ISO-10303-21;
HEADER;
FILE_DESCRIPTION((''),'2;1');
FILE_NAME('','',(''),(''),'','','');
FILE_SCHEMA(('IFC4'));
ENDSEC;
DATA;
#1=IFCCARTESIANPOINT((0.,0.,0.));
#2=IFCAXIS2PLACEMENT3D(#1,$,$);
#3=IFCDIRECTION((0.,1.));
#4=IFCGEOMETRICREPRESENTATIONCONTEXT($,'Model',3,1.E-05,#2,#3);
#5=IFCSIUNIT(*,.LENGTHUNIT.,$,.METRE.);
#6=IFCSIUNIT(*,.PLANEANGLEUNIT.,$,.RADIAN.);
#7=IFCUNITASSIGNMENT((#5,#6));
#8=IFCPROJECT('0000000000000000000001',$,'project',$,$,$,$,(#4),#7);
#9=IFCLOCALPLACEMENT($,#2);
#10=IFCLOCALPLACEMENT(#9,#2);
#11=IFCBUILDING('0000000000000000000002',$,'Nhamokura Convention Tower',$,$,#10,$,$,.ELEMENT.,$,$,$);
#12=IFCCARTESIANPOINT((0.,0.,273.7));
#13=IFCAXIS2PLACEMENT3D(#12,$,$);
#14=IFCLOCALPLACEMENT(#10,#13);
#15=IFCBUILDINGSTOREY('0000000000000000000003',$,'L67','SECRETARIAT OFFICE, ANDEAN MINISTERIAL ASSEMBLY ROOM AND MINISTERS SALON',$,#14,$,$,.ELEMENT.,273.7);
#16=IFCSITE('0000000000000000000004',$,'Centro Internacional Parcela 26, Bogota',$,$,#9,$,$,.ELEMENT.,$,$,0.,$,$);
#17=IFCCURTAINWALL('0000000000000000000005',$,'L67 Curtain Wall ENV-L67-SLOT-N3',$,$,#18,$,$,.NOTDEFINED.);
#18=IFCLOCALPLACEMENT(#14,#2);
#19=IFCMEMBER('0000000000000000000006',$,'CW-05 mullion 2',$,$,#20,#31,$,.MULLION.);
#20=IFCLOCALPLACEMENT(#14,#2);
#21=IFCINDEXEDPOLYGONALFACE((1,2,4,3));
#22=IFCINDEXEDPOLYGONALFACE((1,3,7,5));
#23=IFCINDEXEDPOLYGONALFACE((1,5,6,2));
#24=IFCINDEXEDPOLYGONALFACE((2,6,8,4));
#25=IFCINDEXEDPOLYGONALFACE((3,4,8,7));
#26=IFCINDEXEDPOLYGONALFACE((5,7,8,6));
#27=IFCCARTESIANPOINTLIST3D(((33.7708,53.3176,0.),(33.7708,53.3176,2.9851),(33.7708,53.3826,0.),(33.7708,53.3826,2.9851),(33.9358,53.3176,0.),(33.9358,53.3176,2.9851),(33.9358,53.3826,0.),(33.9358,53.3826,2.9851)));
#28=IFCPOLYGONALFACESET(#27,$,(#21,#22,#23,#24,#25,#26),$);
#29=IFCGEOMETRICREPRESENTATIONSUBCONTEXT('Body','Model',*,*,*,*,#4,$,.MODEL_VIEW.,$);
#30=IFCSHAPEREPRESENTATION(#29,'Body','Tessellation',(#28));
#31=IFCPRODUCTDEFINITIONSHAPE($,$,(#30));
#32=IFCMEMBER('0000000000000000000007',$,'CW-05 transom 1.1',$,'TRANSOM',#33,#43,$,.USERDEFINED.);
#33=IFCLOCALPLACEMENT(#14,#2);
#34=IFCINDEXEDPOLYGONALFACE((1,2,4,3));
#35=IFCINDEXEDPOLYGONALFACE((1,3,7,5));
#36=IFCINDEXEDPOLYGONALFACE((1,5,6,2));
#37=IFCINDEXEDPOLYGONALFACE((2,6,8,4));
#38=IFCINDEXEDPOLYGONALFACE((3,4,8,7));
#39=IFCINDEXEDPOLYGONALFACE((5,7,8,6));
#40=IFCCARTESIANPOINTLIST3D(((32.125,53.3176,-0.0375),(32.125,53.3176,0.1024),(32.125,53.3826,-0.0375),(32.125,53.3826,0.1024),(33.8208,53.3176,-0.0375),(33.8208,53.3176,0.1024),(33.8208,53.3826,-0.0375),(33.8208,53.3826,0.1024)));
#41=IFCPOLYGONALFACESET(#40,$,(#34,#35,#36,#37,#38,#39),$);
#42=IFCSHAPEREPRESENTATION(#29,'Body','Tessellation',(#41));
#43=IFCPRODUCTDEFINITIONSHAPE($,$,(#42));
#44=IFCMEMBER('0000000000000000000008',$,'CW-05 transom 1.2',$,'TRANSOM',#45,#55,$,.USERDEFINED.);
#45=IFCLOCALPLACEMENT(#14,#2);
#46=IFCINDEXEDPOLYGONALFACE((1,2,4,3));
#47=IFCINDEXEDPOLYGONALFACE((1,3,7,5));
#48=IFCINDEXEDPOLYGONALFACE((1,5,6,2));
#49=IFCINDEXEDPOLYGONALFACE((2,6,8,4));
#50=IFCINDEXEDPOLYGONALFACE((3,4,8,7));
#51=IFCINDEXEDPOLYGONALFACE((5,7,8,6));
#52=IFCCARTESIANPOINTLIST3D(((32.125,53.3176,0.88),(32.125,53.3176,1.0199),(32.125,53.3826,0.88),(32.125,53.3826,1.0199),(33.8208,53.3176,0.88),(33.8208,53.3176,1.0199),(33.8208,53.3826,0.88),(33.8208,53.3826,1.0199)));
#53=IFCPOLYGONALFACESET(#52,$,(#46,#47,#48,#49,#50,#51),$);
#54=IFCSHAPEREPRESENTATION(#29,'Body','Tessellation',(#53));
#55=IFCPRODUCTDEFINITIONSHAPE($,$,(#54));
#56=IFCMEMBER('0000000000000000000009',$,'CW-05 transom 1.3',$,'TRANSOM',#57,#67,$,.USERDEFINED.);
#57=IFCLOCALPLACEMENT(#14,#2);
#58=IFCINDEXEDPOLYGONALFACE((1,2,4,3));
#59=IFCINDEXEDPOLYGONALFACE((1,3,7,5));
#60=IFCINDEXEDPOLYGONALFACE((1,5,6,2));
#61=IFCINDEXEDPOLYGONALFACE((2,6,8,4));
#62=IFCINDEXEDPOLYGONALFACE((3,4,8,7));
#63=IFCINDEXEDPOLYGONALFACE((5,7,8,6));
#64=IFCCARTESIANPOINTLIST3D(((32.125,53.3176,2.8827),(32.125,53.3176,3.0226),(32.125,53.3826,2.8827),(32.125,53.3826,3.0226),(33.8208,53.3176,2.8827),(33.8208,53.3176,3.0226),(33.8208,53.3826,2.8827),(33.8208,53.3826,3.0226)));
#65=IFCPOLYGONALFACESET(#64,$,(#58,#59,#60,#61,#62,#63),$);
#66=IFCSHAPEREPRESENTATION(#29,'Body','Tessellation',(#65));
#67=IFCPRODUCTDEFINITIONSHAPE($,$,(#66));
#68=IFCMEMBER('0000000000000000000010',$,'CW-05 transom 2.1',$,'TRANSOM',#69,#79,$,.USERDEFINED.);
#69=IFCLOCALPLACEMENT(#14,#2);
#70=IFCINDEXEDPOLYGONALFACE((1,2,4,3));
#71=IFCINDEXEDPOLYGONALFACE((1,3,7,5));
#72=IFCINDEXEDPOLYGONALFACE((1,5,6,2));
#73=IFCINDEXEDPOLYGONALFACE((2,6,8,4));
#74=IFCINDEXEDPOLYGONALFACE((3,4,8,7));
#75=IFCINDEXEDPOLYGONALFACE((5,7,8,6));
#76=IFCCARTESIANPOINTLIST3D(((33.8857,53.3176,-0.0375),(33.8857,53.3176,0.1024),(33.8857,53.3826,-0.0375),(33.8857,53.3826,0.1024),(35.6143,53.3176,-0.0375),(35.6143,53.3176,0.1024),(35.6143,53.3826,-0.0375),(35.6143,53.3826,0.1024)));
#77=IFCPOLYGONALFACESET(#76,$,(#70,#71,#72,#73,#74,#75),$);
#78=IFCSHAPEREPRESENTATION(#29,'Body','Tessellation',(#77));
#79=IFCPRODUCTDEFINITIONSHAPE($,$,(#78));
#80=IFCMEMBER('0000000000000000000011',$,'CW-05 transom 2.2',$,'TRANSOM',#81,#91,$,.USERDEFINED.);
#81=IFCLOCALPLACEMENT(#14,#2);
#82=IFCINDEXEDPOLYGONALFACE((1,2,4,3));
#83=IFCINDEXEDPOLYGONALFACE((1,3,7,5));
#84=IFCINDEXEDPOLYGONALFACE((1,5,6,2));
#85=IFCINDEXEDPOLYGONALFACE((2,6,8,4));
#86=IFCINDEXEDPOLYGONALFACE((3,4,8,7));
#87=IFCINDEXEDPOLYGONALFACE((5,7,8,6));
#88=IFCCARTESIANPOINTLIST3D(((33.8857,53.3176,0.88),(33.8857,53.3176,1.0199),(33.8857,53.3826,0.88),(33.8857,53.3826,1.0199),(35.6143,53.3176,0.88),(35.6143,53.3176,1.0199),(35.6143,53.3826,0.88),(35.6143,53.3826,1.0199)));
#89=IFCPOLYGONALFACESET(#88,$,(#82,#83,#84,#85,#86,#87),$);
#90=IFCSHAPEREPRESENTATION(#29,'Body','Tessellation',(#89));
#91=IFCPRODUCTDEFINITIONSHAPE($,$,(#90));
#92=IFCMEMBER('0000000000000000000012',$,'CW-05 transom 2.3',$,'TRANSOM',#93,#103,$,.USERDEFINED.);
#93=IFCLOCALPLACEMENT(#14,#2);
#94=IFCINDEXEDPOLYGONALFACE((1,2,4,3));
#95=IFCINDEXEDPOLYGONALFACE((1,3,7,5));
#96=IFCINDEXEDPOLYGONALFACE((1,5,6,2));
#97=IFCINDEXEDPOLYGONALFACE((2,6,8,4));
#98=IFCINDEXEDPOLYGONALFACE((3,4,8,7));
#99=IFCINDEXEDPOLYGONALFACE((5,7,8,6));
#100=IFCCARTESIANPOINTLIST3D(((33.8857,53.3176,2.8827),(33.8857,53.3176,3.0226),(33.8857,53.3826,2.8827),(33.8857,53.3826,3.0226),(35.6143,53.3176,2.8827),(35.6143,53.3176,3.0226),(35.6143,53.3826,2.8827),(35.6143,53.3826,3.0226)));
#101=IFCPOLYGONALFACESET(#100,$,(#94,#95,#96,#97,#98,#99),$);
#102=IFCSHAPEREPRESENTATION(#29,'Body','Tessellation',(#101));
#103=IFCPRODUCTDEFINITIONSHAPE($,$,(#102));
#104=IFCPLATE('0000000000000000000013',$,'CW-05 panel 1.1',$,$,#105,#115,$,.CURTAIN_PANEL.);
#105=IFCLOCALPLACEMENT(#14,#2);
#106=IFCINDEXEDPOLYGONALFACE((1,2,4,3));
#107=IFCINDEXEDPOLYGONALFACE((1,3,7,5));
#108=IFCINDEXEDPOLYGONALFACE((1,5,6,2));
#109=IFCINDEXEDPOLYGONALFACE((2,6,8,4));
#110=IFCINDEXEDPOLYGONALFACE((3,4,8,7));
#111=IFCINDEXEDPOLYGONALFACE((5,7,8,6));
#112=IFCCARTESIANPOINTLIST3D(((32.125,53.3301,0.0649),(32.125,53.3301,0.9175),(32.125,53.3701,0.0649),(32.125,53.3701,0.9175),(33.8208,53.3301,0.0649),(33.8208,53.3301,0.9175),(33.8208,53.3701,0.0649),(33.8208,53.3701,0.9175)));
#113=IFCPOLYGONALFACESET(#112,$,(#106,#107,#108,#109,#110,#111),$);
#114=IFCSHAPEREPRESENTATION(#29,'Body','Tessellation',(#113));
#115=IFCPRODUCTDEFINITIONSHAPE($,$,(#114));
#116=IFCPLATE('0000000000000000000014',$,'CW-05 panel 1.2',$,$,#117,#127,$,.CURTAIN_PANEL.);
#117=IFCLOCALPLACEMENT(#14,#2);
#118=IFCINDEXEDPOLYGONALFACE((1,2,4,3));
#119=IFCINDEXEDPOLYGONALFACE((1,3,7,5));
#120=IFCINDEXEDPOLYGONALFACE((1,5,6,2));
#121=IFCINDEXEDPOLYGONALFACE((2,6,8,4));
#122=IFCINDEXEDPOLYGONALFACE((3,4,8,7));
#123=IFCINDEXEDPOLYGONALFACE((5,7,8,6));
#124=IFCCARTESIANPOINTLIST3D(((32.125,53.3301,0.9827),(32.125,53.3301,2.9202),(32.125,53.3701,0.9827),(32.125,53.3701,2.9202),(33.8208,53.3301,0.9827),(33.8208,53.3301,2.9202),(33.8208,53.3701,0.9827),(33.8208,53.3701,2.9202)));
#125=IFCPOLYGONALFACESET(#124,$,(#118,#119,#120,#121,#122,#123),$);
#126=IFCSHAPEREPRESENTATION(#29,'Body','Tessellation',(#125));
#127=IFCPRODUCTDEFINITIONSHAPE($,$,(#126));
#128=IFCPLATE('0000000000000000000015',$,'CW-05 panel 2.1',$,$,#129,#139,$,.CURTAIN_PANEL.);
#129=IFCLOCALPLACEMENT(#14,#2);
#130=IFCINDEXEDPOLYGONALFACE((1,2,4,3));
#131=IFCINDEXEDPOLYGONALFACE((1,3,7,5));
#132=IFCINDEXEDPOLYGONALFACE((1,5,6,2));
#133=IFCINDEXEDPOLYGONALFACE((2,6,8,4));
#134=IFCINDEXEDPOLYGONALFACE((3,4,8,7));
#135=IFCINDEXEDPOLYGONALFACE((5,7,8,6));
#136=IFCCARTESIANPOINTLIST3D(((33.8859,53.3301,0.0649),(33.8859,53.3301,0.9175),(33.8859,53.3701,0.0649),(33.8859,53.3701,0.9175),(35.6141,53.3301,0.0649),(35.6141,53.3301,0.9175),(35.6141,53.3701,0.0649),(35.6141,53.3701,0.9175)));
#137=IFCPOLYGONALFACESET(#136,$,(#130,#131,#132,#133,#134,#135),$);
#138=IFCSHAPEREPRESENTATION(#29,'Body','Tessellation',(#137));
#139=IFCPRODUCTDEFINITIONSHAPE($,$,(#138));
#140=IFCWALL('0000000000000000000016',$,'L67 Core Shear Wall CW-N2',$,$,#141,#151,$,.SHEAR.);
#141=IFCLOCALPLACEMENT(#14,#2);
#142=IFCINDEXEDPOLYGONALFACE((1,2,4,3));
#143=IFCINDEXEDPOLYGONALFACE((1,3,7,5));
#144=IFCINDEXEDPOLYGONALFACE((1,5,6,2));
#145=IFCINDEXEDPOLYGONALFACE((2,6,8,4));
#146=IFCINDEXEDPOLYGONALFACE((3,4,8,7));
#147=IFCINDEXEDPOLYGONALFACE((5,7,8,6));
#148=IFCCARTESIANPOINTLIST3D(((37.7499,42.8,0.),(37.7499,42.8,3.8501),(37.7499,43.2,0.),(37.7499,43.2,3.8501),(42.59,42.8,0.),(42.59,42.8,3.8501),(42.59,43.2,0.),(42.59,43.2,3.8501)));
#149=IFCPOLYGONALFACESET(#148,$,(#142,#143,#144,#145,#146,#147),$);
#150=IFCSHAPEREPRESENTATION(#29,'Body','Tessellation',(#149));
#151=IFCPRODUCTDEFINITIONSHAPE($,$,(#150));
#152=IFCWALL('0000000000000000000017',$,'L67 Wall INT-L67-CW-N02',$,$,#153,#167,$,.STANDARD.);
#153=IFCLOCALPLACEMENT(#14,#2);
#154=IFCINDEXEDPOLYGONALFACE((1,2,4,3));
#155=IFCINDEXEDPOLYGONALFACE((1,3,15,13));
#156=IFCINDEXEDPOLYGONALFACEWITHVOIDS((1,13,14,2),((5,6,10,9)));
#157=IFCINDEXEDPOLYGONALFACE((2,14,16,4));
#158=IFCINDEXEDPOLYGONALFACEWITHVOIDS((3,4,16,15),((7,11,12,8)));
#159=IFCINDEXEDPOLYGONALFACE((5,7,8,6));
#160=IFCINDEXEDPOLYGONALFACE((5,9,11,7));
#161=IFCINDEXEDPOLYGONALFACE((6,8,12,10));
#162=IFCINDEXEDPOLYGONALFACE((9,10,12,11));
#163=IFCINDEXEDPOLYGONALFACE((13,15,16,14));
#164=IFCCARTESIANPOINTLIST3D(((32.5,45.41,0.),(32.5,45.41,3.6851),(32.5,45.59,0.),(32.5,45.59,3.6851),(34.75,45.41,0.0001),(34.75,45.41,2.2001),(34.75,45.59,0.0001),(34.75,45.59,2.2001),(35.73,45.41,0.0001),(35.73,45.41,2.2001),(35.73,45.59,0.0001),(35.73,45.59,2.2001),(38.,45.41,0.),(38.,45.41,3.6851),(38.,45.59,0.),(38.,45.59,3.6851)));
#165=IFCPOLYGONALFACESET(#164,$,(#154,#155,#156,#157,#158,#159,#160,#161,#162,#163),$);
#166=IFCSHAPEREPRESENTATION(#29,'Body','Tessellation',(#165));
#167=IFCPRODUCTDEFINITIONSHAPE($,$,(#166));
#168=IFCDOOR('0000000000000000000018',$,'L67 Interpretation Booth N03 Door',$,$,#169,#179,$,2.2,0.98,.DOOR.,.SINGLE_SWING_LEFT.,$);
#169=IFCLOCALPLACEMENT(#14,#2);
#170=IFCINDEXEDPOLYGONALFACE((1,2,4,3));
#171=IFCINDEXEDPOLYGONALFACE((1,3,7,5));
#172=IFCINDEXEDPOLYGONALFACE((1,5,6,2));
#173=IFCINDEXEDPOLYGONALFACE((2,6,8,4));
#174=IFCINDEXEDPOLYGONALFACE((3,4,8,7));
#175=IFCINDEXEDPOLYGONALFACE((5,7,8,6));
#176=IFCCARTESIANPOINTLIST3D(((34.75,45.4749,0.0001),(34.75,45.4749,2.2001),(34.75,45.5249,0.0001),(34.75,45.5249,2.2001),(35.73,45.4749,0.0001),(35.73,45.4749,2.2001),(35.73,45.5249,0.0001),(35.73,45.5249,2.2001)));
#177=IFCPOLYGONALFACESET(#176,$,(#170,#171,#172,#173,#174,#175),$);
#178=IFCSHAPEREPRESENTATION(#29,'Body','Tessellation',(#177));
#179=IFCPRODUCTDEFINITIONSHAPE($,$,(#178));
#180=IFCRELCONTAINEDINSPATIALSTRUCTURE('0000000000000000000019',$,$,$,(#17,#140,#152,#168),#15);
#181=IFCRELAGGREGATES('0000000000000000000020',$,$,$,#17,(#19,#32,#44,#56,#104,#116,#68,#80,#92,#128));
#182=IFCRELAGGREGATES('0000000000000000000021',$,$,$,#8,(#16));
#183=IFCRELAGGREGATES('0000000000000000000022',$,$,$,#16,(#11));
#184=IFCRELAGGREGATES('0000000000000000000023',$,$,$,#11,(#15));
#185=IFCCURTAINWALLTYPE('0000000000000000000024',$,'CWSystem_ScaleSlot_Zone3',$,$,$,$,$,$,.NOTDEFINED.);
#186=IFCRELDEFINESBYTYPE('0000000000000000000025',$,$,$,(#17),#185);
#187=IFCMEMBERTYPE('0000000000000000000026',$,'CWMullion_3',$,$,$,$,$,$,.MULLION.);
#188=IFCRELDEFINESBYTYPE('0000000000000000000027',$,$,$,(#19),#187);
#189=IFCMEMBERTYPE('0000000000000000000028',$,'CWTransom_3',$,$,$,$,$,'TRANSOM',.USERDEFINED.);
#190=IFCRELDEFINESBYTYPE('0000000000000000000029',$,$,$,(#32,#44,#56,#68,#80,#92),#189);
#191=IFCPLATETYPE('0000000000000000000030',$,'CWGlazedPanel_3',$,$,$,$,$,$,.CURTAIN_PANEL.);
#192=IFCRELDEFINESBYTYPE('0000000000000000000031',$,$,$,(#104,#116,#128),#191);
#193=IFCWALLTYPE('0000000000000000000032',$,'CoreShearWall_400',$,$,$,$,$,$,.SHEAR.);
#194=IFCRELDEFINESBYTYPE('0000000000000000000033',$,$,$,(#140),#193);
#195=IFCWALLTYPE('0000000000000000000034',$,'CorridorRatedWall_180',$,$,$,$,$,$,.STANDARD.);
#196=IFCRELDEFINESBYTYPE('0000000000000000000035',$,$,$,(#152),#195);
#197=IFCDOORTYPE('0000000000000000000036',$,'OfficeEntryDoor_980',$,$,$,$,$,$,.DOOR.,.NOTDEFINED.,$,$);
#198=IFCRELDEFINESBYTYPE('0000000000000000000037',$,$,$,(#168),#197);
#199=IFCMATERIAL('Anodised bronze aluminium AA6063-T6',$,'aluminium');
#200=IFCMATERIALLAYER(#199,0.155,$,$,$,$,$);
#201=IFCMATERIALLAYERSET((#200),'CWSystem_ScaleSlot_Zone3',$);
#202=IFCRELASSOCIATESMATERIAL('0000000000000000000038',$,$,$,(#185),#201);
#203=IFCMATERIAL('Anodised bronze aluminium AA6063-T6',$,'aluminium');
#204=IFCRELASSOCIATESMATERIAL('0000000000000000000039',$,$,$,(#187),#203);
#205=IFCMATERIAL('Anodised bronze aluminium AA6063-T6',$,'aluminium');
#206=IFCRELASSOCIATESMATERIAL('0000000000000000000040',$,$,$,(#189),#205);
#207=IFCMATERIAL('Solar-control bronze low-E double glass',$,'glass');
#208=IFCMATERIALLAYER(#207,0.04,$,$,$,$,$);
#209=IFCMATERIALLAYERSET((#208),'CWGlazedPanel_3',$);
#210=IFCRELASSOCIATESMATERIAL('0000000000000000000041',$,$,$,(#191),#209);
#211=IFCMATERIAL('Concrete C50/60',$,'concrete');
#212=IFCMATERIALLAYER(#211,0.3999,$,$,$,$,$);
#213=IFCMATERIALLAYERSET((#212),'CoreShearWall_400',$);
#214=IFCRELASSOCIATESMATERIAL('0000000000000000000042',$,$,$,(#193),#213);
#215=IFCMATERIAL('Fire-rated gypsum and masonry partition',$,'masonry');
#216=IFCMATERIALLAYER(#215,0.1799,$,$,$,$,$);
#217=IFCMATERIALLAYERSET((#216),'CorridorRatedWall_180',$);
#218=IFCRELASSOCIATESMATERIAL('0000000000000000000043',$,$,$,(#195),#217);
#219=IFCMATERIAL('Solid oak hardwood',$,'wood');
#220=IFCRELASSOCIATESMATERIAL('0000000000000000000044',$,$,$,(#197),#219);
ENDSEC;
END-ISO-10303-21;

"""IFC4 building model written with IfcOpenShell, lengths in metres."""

from ifc_helpers import new_model, si_unit, direction, frame, frame_2d, origin, origin_2d, place, context, subcontext, project, spatial, rectangle, extrude, material, layer, layer_set, material_profile, profile_set, type_object, element, fill, aggregate, save


model = new_model("IFC4")

# Units and contexts
model_context = context("Model", 3, precision=1e-05, world=origin(), true_north=direction((0.0, 1.0)))
body_context = subcontext(model_context, "Body", "Model", "MODEL_VIEW")
ifc_project = project(units=[si_unit("LENGTHUNIT", "METRE"), si_unit("PLANEANGLEUNIT", "RADIAN")], contexts=[model_context])

# Site, building, storey
site_placement = place(None, origin())
site = spatial("IfcSite", under=ifc_project, at=site_placement, Name="Centro Internacional Parcela 26, Bogota", CompositionType="ELEMENT", RefElevation=0.0)
building_placement = place(site_placement, origin())
building = spatial("IfcBuilding", under=site, at=building_placement, Name="Nhamokura Convention Tower", CompositionType="ELEMENT")
storey_placement = place(building_placement, frame((0.0, 0.0, 273.7)))
storey = spatial("IfcBuildingStorey", under=building, at=storey_placement, Name="L67", Description="SECRETARIAT OFFICE, ANDEAN MINISTERIAL ASSEMBLY ROOM AND MINISTERS SALON", CompositionType="ELEMENT", Elevation=273.7)

# Curtain wall, members, plates
ifc_material_1 = material(Name="Anodised bronze aluminium AA6063-T6", Category="aluminium")
ifc_layer_1 = layer(ifc_material_1, 0.155)
ifc_layer_set_1 = layer_set([ifc_layer_1], Name="CWSystem_ScaleSlot_Zone3")
curtain_wall_type = type_object("IfcCurtainWallType", Name="CWSystem_ScaleSlot_Zone3", PredefinedType="NOTDEFINED", material=ifc_layer_set_1)
curtain_wall_placement = place(storey_placement, origin())
curtain_wall = element("IfcCurtainWall", 1, at=curtain_wall_placement, inside=storey, type_object=curtain_wall_type, Name="L67 Curtain Wall ENV-L67-SLOT-N3", PredefinedType="NOTDEFINED")
ifc_material_2 = material(Name="Anodised bronze aluminium AA6063-T6", Category="aluminium")
ifc_material_profile_1 = material_profile(ifc_material_2, rectangle(XDim=0.0649, YDim=0.165, at=origin_2d()))
ifc_profile_set_1 = profile_set([ifc_material_profile_1], Name="Anodised bronze aluminium AA6063-T6")
member_type_1 = type_object("IfcMemberType", Name="CWMullion_3", PredefinedType="MULLION", material=ifc_profile_set_1)
member_1_placement = place(storey_placement, frame((33.8533, 53.3501, 0.0), z_axis=(0.0, 0.0, 1.0), x_axis=(0.0, 1.0, 0.0)))
member_1 = element("IfcMember", 2, at=member_1_placement, type_object=member_type_1, Name="CW-05 mullion 2", PredefinedType="MULLION", context=body_context, shape_type="SweptSolid", body=[
    extrude(rectangle(XDim=0.0649, YDim=0.165, at=origin_2d()), origin(), (0.0, 0.0, 1.0), 2.9851),
])
ifc_material_3 = material(Name="Anodised bronze aluminium AA6063-T6", Category="aluminium")
ifc_material_profile_2 = material_profile(ifc_material_3, rectangle(XDim=0.0649, YDim=0.1399, at=origin_2d()))
ifc_profile_set_2 = profile_set([ifc_material_profile_2], Name="Anodised bronze aluminium AA6063-T6")
member_type_2 = type_object("IfcMemberType", Name="CWTransom_3", ElementType="TRANSOM", PredefinedType="USERDEFINED", material=ifc_profile_set_2)
member_2_placement = place(storey_placement, frame((32.125, 53.3501, 0.0325), z_axis=(1.0, 0.0, 0.0), x_axis=(0.0, 1.0, 0.0)))
member_2 = element("IfcMember", 3, at=member_2_placement, type_object=member_type_2, Name="CW-05 transom 1.1", ObjectType="TRANSOM", PredefinedType="USERDEFINED", context=body_context, shape_type="SweptSolid", body=[
    extrude(rectangle(XDim=0.0649, YDim=0.1399, at=origin_2d()), origin(), (0.0, 0.0, 1.0), 1.6958),
])
member_3_placement = place(storey_placement, frame((32.125, 53.3501, 0.95), z_axis=(1.0, 0.0, 0.0), x_axis=(0.0, 1.0, 0.0)))
member_3 = element("IfcMember", 4, at=member_3_placement, type_object=member_type_2, Name="CW-05 transom 1.2", ObjectType="TRANSOM", PredefinedType="USERDEFINED", context=body_context, shape_type="SweptSolid", body=[
    extrude(rectangle(XDim=0.0649, YDim=0.1399, at=origin_2d()), origin(), (0.0, 0.0, 1.0), 1.6958),
])
member_4_placement = place(storey_placement, frame((32.125, 53.3501, 2.9526), z_axis=(1.0, 0.0, 0.0), x_axis=(0.0, 1.0, 0.0)))
member_4 = element("IfcMember", 5, at=member_4_placement, type_object=member_type_2, Name="CW-05 transom 1.3", ObjectType="TRANSOM", PredefinedType="USERDEFINED", context=body_context, shape_type="SweptSolid", body=[
    extrude(rectangle(XDim=0.0649, YDim=0.1399, at=origin_2d()), origin(), (0.0, 0.0, 1.0), 1.6958),
])
member_5_placement = place(storey_placement, frame((33.8857, 53.3501, 0.0325), z_axis=(1.0, 0.0, 0.0), x_axis=(0.0, 1.0, 0.0)))
member_5 = element("IfcMember", 6, at=member_5_placement, type_object=member_type_2, Name="CW-05 transom 2.1", ObjectType="TRANSOM", PredefinedType="USERDEFINED", context=body_context, shape_type="SweptSolid", body=[
    extrude(rectangle(XDim=0.0649, YDim=0.1399, at=origin_2d()), origin(), (0.0, 0.0, 1.0), 1.7285),
])
member_6_placement = place(storey_placement, frame((33.8857, 53.3501, 0.95), z_axis=(1.0, 0.0, 0.0), x_axis=(0.0, 1.0, 0.0)))
member_6 = element("IfcMember", 7, at=member_6_placement, type_object=member_type_2, Name="CW-05 transom 2.2", ObjectType="TRANSOM", PredefinedType="USERDEFINED", context=body_context, shape_type="SweptSolid", body=[
    extrude(rectangle(XDim=0.0649, YDim=0.1399, at=origin_2d()), origin(), (0.0, 0.0, 1.0), 1.7285),
])
member_7_placement = place(storey_placement, frame((33.8857, 53.3501, 2.9526), z_axis=(1.0, 0.0, 0.0), x_axis=(0.0, 1.0, 0.0)))
member_7 = element("IfcMember", 8, at=member_7_placement, type_object=member_type_2, Name="CW-05 transom 2.3", ObjectType="TRANSOM", PredefinedType="USERDEFINED", context=body_context, shape_type="SweptSolid", body=[
    extrude(rectangle(XDim=0.0649, YDim=0.1399, at=origin_2d()), origin(), (0.0, 0.0, 1.0), 1.7285),
])
ifc_material_4 = material(Name="Solar-control bronze low-E double glass", Category="glass")
ifc_layer_2 = layer(ifc_material_4, 0.04)
ifc_layer_set_2 = layer_set([ifc_layer_2], Name="CWGlazedPanel_3")
plate_type = type_object("IfcPlateType", Name="CWGlazedPanel_3", PredefinedType="CURTAIN_PANEL", material=ifc_layer_set_2)
plate_1_placement = place(storey_placement, frame((32.9729, 53.3501, 0.0649), z_axis=(0.0, 0.0, 1.0), x_axis=(1.0, 0.0, 0.0)))
plate_1 = element("IfcPlate", 9, at=plate_1_placement, type_object=plate_type, Name="CW-05 panel 1.1", PredefinedType="CURTAIN_PANEL", context=body_context, shape_type="SweptSolid", body=[
    extrude(rectangle(XDim=1.6958, YDim=0.04, at=origin_2d()), origin(), (0.0, 0.0, 1.0), 0.8525),
])
plate_2_placement = place(storey_placement, frame((32.9729, 53.3501, 0.9827), z_axis=(0.0, 0.0, 1.0), x_axis=(1.0, 0.0, 0.0)))
plate_2 = element("IfcPlate", 10, at=plate_2_placement, type_object=plate_type, Name="CW-05 panel 1.2", PredefinedType="CURTAIN_PANEL", context=body_context, shape_type="SweptSolid", body=[
    extrude(rectangle(XDim=1.6958, YDim=0.04, at=origin_2d()), origin(), (0.0, 0.0, 1.0), 1.9375),
])
plate_3_placement = place(storey_placement, frame((34.75, 53.3501, 0.0649), z_axis=(0.0, 0.0, 1.0), x_axis=(1.0, 0.0, 0.0)))
plate_3 = element("IfcPlate", 11, at=plate_3_placement, type_object=plate_type, Name="CW-05 panel 2.1", PredefinedType="CURTAIN_PANEL", context=body_context, shape_type="SweptSolid", body=[
    extrude(rectangle(XDim=1.7283, YDim=0.04, at=origin_2d()), origin(), (0.0, 0.0, 1.0), 0.8525),
])
aggregate(curtain_wall, [member_1, member_2, member_3, member_4, plate_1, plate_2, member_5, member_6, member_7, plate_3])

# Wall
ifc_material_5 = material(Name="Concrete C50/60", Category="concrete")
ifc_layer_3 = layer(ifc_material_5, 0.3999)
ifc_layer_set_3 = layer_set([ifc_layer_3], Name="CoreShearWall_400")
wall_type_1 = type_object("IfcWallType", Name="CoreShearWall_400", PredefinedType="SHEAR", material=ifc_layer_set_3)
wall_1_placement = place(storey_placement, frame((37.75, 43.0, 0.0), z_axis=(0.0, 0.0, 1.0), x_axis=(1.0, 0.0, 0.0)))
element("IfcWall", 12, at=wall_1_placement, inside=storey, type_object=wall_type_1, Name="L67 Core Shear Wall CW-N2", PredefinedType="SHEAR", context=body_context, shape_type="SweptSolid", body=[
    extrude(rectangle(XDim=4.8401, YDim=0.3999, at=frame_2d((2.4199, 0.0))), origin(), (0.0, 0.0, 1.0), 3.8501),
])

# Wall, opening, door
ifc_material_6 = material(Name="Fire-rated gypsum and masonry partition", Category="masonry")
ifc_layer_4 = layer(ifc_material_6, 0.1799)
ifc_layer_set_4 = layer_set([ifc_layer_4], Name="CorridorRatedWall_180")
wall_type_2 = type_object("IfcWallType", Name="CorridorRatedWall_180", PredefinedType="STANDARD", material=ifc_layer_set_4)
wall_2_placement = place(storey_placement, frame((32.5, 45.5, 0.0), z_axis=(0.0, 0.0, 1.0), x_axis=(1.0, 0.0, 0.0)))
wall_2 = element("IfcWall", 13, at=wall_2_placement, inside=storey, type_object=wall_type_2, Name="L67 Wall INT-L67-CW-N02", PredefinedType="STANDARD", context=body_context, shape_type="SweptSolid", body=[
    extrude(rectangle(XDim=5.5, YDim=0.1799, at=frame_2d((2.75, 0.0))), origin(), (0.0, 0.0, 1.0), 3.6851),
])
opening_1_placement = place(wall_2_placement, frame((2.25, 0.0, 0.0)))
opening_1 = element("IfcOpeningElement", 14, at=opening_1_placement, cuts=wall_2, PredefinedType="OPENING", context=body_context, shape_type="SweptSolid", body=[
    extrude(rectangle(XDim=0.98, YDim=2.2, at=frame_2d((0.49, 1.1001))), frame((0.0, 0.0999, 0.0), z_axis=(0.0, -1.0, 0.0), x_axis=(1.0, 0.0, 0.0)), (0.0, 0.0, 1.0), 0.2),
])
ifc_material_7 = material(Name="Solid oak hardwood", Category="wood")
door_type_1 = type_object("IfcDoorType", Name="OfficeEntryDoor_980", OperationType="NOTDEFINED", PredefinedType="DOOR", material=ifc_material_7)
door_1_placement = place(opening_1_placement, origin())
door_1 = element("IfcDoor", 15, at=door_1_placement, inside=storey, type_object=door_type_1, Name="L67 Interpretation Booth N03 Door", OperationType="SINGLE_SWING_LEFT", OverallHeight=2.2, OverallWidth=0.98, PredefinedType="DOOR", context=body_context, shape_type="SweptSolid", body=[
    extrude(rectangle(XDim=0.98, YDim=2.2, at=frame_2d((0.49, 1.1001))), frame((0.0, 0.0249, 0.0), z_axis=(0.0, -1.0, 0.0), x_axis=(1.0, 0.0, 0.0)), (0.0, 0.0, 1.0), 0.05),
])
fill(opening_1, door_1)

save(model, "model.ifc")
